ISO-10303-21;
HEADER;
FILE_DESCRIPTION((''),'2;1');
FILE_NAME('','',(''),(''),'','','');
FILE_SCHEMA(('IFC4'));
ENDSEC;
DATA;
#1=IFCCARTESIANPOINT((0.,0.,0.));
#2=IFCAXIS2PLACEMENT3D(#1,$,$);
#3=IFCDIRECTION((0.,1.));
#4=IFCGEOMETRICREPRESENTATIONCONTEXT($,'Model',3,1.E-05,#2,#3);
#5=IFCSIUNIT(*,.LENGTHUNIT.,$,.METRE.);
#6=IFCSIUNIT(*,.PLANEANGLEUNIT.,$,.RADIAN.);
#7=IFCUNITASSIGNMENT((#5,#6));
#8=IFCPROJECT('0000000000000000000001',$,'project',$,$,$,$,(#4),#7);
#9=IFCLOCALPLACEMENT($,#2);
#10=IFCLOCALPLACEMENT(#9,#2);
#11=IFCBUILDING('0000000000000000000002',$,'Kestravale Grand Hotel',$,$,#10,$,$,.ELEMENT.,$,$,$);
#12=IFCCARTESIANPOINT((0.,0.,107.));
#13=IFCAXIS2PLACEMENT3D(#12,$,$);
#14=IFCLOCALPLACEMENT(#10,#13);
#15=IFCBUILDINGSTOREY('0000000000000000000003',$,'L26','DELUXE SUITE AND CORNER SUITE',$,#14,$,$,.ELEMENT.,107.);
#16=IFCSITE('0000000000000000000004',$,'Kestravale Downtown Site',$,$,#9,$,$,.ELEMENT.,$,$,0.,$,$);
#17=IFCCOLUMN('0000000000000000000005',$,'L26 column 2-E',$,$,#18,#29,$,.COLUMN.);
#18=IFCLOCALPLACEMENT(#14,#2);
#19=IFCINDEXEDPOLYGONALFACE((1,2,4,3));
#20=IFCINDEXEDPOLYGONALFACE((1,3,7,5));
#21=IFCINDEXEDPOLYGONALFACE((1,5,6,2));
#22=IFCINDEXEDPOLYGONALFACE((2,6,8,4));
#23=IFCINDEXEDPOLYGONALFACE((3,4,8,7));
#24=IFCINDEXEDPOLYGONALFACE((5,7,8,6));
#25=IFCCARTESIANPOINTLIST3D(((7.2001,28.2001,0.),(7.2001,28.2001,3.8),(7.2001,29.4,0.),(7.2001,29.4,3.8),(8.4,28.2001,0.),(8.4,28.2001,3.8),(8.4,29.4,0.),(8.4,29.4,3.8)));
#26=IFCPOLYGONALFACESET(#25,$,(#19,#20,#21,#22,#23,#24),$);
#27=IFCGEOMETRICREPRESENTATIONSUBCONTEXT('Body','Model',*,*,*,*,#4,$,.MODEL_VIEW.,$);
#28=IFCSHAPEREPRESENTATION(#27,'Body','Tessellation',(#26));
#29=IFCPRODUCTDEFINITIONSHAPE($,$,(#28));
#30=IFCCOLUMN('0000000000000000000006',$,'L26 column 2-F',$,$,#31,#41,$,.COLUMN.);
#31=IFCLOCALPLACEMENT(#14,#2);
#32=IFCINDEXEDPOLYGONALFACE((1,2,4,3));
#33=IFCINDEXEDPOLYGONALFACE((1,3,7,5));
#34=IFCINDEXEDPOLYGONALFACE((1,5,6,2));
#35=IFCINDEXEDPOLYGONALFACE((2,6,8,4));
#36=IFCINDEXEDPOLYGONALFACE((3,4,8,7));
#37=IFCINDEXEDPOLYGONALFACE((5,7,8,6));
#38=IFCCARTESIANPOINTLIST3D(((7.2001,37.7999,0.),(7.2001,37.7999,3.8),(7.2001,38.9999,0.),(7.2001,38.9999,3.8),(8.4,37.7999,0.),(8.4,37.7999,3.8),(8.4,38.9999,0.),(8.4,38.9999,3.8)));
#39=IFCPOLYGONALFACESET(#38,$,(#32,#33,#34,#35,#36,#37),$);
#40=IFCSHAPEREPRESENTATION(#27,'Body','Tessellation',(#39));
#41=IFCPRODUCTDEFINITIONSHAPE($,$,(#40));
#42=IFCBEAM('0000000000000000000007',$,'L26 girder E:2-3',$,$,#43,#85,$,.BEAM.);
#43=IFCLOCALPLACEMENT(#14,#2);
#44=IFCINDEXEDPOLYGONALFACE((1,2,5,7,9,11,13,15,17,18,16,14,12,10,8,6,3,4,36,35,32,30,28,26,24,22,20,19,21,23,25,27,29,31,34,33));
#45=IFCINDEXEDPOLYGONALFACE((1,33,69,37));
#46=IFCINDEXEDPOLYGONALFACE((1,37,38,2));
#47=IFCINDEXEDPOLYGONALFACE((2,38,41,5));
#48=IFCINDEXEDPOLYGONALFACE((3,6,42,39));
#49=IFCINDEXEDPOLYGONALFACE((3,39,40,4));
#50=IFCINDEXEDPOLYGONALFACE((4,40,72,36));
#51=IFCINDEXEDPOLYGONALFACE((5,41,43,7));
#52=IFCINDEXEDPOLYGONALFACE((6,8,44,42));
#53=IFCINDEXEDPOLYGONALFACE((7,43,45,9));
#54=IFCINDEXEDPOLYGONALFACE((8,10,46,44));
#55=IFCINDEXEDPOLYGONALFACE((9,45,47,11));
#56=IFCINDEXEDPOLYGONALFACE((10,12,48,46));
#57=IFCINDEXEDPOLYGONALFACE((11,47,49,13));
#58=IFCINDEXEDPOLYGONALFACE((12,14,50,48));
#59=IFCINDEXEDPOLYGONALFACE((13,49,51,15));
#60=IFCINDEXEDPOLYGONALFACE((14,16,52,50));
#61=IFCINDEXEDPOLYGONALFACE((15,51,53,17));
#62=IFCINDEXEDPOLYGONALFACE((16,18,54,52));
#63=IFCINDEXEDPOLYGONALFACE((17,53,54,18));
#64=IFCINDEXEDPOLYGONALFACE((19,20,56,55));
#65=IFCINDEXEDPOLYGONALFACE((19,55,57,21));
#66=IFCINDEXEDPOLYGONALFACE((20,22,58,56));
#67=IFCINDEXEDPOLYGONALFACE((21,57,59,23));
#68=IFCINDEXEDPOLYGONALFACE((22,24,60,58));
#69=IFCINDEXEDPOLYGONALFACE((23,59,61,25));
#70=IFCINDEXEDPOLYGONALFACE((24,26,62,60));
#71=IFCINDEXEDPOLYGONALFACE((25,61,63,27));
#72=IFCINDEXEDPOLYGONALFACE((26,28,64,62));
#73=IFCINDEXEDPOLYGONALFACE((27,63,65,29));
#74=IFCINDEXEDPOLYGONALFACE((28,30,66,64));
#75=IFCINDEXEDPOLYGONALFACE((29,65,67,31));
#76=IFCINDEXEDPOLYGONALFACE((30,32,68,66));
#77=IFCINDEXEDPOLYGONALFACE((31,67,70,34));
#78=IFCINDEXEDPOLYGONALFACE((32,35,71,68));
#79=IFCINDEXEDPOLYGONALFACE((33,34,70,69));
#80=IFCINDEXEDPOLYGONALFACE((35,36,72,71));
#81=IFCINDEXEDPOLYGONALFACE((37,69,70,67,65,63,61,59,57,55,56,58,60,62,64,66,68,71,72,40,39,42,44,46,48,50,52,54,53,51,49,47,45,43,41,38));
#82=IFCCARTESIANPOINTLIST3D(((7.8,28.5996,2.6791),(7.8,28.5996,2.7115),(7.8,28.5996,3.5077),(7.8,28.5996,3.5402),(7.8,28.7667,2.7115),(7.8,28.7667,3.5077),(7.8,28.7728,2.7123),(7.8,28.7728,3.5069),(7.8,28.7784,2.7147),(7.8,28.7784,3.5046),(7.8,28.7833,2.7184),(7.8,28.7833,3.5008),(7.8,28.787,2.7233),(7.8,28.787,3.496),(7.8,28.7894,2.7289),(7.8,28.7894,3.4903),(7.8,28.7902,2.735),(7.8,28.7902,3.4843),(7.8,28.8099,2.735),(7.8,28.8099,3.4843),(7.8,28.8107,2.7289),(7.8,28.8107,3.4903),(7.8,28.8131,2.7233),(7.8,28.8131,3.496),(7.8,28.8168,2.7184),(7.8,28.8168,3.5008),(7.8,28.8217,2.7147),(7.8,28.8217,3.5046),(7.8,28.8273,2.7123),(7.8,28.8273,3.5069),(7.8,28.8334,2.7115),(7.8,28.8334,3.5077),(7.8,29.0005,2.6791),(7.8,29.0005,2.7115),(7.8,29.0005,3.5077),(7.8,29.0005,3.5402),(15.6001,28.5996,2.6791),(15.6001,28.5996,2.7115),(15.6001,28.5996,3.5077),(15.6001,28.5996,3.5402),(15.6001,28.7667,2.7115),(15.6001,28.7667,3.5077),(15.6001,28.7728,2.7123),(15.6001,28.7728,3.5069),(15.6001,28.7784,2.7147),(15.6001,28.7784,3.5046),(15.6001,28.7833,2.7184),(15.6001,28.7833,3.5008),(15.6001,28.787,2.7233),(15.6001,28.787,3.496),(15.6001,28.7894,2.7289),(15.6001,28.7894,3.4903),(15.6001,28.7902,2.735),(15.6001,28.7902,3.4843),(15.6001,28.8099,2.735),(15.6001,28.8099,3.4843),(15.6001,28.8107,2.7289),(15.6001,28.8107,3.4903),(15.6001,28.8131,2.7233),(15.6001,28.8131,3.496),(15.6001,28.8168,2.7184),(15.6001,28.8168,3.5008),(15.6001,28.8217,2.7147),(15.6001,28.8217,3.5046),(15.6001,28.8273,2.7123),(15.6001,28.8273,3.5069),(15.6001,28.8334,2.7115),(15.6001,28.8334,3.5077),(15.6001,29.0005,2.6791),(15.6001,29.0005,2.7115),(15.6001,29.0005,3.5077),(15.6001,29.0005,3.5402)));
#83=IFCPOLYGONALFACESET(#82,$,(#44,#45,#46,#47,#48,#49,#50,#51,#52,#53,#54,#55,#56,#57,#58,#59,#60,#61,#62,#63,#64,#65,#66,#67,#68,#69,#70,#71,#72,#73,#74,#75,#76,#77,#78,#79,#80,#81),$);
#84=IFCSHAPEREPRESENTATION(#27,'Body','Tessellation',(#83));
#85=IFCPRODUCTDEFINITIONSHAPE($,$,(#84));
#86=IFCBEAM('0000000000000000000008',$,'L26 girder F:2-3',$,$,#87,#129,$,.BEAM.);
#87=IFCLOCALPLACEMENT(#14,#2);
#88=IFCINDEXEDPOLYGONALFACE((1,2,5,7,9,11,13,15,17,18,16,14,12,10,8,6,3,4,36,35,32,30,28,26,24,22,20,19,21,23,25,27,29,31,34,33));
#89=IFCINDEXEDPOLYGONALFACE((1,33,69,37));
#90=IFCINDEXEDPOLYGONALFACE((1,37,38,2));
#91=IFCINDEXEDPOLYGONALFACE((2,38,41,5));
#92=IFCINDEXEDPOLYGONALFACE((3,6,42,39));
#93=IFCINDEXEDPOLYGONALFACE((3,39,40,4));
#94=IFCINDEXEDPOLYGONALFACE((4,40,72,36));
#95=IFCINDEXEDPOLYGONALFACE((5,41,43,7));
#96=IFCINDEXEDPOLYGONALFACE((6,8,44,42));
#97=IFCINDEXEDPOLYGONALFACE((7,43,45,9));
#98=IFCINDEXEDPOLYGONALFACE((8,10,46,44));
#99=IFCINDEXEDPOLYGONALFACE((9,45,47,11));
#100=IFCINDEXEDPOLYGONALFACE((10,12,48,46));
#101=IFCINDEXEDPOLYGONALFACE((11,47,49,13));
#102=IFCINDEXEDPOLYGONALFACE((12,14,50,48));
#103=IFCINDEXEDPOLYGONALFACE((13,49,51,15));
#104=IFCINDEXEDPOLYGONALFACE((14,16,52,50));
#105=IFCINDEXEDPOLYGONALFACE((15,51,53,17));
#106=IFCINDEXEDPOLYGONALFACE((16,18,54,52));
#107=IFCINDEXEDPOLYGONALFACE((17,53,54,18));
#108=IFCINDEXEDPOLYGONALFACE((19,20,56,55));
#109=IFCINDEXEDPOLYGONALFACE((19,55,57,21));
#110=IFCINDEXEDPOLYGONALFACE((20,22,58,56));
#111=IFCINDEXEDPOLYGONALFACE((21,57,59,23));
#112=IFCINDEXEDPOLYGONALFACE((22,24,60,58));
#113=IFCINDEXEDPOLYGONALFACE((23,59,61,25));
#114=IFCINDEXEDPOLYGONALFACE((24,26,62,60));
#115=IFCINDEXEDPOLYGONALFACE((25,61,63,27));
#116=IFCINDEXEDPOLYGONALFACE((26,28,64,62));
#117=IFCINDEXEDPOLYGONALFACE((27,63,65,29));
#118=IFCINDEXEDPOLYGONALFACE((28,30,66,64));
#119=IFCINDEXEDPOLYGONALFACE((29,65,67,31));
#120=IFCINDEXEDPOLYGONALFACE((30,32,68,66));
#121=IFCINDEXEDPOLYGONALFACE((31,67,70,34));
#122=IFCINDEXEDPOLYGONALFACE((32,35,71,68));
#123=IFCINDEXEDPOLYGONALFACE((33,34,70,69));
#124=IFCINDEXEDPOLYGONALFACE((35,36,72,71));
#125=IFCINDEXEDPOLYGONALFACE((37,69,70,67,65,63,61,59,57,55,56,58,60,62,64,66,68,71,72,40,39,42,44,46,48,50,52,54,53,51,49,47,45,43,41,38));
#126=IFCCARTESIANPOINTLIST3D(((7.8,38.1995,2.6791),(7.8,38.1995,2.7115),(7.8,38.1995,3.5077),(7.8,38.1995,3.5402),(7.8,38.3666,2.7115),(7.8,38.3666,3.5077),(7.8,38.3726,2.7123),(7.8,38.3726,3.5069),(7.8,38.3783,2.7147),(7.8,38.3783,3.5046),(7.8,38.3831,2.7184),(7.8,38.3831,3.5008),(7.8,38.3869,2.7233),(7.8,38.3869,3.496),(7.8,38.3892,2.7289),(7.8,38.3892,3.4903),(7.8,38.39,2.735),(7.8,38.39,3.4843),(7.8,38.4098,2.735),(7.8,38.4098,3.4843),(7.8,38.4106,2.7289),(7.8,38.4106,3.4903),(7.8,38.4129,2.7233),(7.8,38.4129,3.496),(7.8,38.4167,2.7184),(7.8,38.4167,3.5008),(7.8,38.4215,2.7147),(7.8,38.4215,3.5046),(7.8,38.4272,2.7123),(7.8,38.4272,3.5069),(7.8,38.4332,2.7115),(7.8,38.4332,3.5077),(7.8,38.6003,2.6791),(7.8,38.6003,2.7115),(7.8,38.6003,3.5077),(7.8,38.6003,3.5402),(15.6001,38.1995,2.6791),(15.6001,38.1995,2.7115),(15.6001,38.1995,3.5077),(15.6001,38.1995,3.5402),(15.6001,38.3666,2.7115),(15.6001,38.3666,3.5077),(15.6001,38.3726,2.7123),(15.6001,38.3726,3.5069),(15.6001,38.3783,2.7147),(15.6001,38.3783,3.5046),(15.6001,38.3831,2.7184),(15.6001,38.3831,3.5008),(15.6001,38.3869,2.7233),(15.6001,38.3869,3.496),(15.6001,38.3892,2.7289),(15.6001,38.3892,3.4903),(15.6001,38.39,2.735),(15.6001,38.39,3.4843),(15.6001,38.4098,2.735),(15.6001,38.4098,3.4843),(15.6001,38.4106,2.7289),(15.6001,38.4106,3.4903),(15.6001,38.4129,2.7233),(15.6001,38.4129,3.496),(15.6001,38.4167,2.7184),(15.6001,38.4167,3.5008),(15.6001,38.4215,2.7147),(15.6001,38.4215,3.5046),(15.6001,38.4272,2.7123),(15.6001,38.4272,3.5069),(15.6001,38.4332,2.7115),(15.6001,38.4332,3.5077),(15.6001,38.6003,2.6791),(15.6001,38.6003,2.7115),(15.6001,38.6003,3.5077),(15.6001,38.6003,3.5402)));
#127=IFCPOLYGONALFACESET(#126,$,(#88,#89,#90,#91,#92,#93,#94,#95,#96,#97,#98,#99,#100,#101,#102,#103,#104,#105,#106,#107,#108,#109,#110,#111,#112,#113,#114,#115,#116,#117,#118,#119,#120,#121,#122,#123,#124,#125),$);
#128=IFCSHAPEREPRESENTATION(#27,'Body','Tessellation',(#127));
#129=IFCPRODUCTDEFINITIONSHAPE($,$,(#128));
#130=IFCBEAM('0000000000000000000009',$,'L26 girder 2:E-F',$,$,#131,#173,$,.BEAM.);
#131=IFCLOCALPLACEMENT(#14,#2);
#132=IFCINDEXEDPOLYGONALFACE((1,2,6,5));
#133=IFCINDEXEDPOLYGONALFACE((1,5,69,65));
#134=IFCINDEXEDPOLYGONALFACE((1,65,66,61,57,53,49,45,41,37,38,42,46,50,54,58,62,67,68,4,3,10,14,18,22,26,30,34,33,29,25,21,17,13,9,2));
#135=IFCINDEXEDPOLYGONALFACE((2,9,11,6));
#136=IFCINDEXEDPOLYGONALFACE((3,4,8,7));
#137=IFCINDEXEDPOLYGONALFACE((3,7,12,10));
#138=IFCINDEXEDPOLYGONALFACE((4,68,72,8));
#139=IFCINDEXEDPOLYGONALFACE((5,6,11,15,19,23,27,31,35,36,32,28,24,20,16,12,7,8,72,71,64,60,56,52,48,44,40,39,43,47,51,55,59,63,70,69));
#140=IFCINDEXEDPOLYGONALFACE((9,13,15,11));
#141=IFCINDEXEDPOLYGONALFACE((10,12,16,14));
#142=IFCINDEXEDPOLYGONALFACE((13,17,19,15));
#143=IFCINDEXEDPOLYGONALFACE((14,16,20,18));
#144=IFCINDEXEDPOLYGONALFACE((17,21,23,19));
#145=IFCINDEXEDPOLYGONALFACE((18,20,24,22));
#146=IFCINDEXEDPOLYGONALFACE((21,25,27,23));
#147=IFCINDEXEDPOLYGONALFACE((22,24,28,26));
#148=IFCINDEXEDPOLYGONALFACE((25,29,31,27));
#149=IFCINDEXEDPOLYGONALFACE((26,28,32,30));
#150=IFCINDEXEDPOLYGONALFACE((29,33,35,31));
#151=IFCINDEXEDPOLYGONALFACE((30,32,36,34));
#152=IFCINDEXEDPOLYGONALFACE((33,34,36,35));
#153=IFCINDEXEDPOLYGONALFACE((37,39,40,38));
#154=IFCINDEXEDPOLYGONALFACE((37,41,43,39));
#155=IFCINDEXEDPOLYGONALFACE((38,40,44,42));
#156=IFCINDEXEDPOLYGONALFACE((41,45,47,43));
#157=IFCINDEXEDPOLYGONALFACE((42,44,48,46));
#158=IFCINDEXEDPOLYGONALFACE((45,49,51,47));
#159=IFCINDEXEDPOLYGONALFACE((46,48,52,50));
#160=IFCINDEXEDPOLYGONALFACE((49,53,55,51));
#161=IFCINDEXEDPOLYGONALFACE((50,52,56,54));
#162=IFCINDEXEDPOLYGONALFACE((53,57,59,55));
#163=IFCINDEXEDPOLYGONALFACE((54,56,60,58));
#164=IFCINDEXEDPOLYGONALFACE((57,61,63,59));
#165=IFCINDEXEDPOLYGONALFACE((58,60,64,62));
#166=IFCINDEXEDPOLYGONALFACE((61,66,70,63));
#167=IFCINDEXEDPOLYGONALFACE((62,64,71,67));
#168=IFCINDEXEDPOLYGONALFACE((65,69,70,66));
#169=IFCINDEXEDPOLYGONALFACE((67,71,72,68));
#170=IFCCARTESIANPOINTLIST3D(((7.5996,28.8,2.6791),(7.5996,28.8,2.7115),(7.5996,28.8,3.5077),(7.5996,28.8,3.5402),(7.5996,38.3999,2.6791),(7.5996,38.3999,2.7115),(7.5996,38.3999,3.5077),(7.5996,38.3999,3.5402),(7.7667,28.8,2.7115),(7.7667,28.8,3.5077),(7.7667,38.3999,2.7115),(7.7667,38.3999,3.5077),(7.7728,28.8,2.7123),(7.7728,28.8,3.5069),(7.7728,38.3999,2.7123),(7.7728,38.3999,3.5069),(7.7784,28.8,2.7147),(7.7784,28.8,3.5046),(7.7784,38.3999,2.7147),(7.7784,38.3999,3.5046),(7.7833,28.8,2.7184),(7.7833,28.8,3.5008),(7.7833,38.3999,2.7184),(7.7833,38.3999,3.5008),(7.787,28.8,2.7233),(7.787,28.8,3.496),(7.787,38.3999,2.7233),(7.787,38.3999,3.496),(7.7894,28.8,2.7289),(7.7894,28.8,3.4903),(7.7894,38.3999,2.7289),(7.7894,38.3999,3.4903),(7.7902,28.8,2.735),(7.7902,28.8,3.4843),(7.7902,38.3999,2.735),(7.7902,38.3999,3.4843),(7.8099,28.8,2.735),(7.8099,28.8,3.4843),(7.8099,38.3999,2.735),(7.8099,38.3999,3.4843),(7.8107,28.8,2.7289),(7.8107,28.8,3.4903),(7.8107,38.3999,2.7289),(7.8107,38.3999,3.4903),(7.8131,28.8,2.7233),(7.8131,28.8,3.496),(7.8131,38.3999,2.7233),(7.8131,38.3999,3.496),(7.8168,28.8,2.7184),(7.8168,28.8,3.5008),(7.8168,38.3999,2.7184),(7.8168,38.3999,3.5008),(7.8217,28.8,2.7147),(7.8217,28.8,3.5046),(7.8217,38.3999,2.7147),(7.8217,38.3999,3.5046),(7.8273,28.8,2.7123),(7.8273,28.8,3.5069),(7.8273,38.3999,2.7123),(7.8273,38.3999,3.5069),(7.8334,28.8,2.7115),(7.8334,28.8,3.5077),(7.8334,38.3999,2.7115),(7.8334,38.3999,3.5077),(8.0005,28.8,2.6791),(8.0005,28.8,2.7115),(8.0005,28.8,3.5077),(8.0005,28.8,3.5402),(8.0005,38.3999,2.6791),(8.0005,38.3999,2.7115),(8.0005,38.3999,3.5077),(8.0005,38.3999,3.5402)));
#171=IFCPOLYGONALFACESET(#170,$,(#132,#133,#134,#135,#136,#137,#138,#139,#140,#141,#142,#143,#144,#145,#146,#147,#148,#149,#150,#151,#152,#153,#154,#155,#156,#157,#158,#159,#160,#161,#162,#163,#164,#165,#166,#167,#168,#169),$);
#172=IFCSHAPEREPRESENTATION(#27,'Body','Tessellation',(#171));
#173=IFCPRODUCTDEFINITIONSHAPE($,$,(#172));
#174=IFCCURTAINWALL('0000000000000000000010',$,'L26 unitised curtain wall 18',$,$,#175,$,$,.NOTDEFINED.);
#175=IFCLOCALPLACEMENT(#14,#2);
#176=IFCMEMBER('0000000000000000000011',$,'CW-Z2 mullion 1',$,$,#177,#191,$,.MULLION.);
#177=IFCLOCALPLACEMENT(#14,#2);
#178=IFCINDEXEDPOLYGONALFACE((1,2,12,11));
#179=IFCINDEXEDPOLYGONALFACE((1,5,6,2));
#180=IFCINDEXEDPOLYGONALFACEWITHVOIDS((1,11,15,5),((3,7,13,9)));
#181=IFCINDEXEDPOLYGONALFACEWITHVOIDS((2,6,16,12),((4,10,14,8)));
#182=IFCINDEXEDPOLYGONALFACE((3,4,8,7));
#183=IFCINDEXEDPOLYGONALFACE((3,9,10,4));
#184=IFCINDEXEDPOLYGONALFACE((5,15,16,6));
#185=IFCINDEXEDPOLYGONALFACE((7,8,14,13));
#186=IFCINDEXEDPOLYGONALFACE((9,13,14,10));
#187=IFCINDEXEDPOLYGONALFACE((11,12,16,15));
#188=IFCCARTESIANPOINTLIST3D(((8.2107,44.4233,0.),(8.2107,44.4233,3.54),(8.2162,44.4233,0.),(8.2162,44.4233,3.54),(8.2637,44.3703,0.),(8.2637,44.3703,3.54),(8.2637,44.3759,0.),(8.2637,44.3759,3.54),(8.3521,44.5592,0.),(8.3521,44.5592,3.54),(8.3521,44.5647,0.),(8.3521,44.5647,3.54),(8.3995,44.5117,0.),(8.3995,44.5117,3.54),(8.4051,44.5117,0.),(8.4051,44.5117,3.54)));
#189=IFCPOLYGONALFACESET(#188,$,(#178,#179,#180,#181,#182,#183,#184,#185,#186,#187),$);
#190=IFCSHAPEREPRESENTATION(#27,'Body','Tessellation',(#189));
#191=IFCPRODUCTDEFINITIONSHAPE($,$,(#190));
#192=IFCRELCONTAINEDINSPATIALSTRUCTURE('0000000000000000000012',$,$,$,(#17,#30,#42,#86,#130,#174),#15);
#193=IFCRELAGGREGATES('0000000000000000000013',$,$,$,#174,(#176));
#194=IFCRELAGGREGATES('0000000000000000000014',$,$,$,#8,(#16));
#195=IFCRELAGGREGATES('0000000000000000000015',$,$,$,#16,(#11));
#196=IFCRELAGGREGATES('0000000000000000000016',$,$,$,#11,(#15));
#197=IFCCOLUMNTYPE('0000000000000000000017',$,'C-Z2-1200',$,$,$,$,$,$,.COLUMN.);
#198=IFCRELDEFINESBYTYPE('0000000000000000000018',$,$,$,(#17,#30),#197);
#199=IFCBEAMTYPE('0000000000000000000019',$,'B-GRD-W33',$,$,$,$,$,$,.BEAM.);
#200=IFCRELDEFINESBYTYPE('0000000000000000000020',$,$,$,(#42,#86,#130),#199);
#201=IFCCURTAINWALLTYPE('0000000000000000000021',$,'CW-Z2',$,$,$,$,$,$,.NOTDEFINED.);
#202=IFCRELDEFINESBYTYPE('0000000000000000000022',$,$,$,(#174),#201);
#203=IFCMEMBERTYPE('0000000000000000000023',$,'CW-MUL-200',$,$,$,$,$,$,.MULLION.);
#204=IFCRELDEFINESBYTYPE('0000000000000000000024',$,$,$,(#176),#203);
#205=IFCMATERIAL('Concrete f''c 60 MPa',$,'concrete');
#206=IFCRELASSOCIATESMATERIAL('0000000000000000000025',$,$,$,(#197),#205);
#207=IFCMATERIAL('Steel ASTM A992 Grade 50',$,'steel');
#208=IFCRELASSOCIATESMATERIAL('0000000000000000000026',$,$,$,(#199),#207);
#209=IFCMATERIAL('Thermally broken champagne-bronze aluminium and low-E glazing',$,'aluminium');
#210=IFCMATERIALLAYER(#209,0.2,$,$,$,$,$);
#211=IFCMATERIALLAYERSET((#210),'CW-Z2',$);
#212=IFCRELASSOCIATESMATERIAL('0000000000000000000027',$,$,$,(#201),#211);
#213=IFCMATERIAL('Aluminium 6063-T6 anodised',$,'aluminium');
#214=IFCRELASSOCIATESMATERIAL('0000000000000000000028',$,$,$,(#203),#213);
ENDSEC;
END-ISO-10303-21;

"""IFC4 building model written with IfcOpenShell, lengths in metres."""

from ifc_helpers import new_model, si_unit, direction, frame, origin, origin_2d, place, context, subcontext, project, spatial, rectangle, hollow_rectangle, i_section, extrude, material, layer, layer_set, material_profile, profile_set, type_object, element, aggregate, save


model = new_model("IFC4")

# Units and contexts
model_context = context("Model", 3, precision=1e-05, world=origin(), true_north=direction((0.0, 1.0)))
body_context = subcontext(model_context, "Body", "Model", "MODEL_VIEW")
ifc_project = project(units=[si_unit("LENGTHUNIT", "METRE"), si_unit("PLANEANGLEUNIT", "RADIAN")], contexts=[model_context])

# Site, building, storey
site_placement = place(None, origin())
site = spatial("IfcSite", under=ifc_project, at=site_placement, Name="Kestravale Downtown Site", CompositionType="ELEMENT", RefElevation=0.0)
building_placement = place(site_placement, origin())
building = spatial("IfcBuilding", under=site, at=building_placement, Name="Kestravale Grand Hotel", CompositionType="ELEMENT")
storey_placement = place(building_placement, frame((0.0, 0.0, 107.0)))
storey = spatial("IfcBuildingStorey", under=building, at=storey_placement, Name="L26", Description="DELUXE SUITE AND CORNER SUITE", CompositionType="ELEMENT", Elevation=107.0)

# Columns
ifc_material_1 = material(Name="Concrete f'c 60 MPa", Category="concrete")
ifc_material_profile_1 = material_profile(ifc_material_1, rectangle(XDim=1.2, YDim=1.2, at=origin_2d()))
ifc_profile_set_1 = profile_set([ifc_material_profile_1], Name="Concrete f'c 60 MPa")
column_type = type_object("IfcColumnType", Name="C-Z2-1200", PredefinedType="COLUMN", material=ifc_profile_set_1)
for number, where, z_axis, x_axis, name in (
    (1, (7.8, 28.8, 0.0), (0.0, 0.0, 1.0), (1.0, 0.0, 0.0), "L26 column 2-E"),
    (2, (7.8, 38.3999, 0.0), (0.0, 0.0, 1.0), (1.0, 0.0, 0.0), "L26 column 2-F"),
):
    element("IfcColumn", number, at=place(storey_placement, frame(where, z_axis=z_axis, x_axis=x_axis)), inside=storey, type_object=column_type, Name=name, PredefinedType="COLUMN", context=body_context, shape_type="SweptSolid", body=[
        extrude(rectangle(XDim=1.2, YDim=1.2, at=origin_2d()), origin(), (0.0, 0.0, 1.0), 3.8),
    ])

# Beams
ifc_material_2 = material(Name="Steel ASTM A992 Grade 50", Category="steel")
ifc_material_profile_2 = material_profile(ifc_material_2, i_section(OverallWidth=0.4009, OverallDepth=0.8611, WebThickness=0.0198, FlangeThickness=0.0325, FilletRadius=0.0234, at=origin_2d()))
ifc_profile_set_2 = profile_set([ifc_material_profile_2], Name="Steel ASTM A992 Grade 50")
beam_type = type_object("IfcBeamType", Name="B-GRD-W33", PredefinedType="BEAM", material=ifc_profile_set_2)
for number, where, z_axis, x_axis, name in (
    (3, (7.8, 28.8, 3.1096), (1.0, 0.0, 0.0), (0.0, 1.0, 0.0), "L26 girder E:2-3"),
    (4, (7.8, 38.3999, 3.1096), (1.0, 0.0, 0.0), (0.0, 1.0, 0.0), "L26 girder F:2-3"),
):
    element("IfcBeam", number, at=place(storey_placement, frame(where, z_axis=z_axis, x_axis=x_axis)), inside=storey, type_object=beam_type, Name=name, PredefinedType="BEAM", context=body_context, shape_type="SweptSolid", body=[
        extrude(i_section(OverallWidth=0.4009, OverallDepth=0.8611, WebThickness=0.0198, FlangeThickness=0.0325, FilletRadius=0.0234, at=origin_2d()), origin(), (0.0, 0.0, 1.0), 7.8),
    ])
beam_placement = place(storey_placement, frame((7.8, 28.8, 3.1096), z_axis=(0.0, 1.0, 0.0), x_axis=(-1.0, 0.0, 0.0)))
element("IfcBeam", 5, at=beam_placement, inside=storey, type_object=beam_type, Name="L26 girder 2:E-F", PredefinedType="BEAM", context=body_context, shape_type="SweptSolid", body=[
    extrude(i_section(OverallWidth=0.4009, OverallDepth=0.8611, WebThickness=0.0198, FlangeThickness=0.0325, FilletRadius=0.0234, at=origin_2d()), origin(), (0.0, 0.0, 1.0), 9.5999),
])

# Curtain wall, member
ifc_material_3 = material(Name="Thermally broken champagne-bronze aluminium and low-E glazing", Category="aluminium")
ifc_layer_1 = layer(ifc_material_3, 0.2)
ifc_layer_set_1 = layer_set([ifc_layer_1], Name="CW-Z2")
curtain_wall_type = type_object("IfcCurtainWallType", Name="CW-Z2", PredefinedType="NOTDEFINED", material=ifc_layer_set_1)
curtain_wall_placement = place(storey_placement, origin())
curtain_wall = element("IfcCurtainWall", 6, at=curtain_wall_placement, inside=storey, type_object=curtain_wall_type, Name="L26 unitised curtain wall 18", PredefinedType="NOTDEFINED")
ifc_material_4 = material(Name="Aluminium 6063-T6 anodised", Category="aluminium")
ifc_material_profile_3 = material_profile(ifc_material_4, hollow_rectangle(XDim=0.075, YDim=0.2, WallThickness=0.0039, at=origin_2d()))
ifc_profile_set_3 = profile_set([ifc_material_profile_3], Name="Aluminium 6063-T6 anodised")
member_type_1 = type_object("IfcMemberType", Name="CW-MUL-200", PredefinedType="MULLION", material=ifc_profile_set_3)
member_1_placement = place(storey_placement, frame((8.3079, 44.4675, 0.0), z_axis=(0.0, 0.0, 1.0), x_axis=(0.707107, -0.707107, 0.0)))
member_1 = element("IfcMember", 7, at=member_1_placement, type_object=member_type_1, Name="CW-Z2 mullion 1", PredefinedType="MULLION", context=body_context, shape_type="SweptSolid", body=[
    extrude(hollow_rectangle(XDim=0.075, YDim=0.2, WallThickness=0.0039, at=origin_2d()), origin(), (0.0, 0.0, 1.0), 3.54),
])
aggregate(curtain_wall, [member_1])

save(model, "model.ifc")
